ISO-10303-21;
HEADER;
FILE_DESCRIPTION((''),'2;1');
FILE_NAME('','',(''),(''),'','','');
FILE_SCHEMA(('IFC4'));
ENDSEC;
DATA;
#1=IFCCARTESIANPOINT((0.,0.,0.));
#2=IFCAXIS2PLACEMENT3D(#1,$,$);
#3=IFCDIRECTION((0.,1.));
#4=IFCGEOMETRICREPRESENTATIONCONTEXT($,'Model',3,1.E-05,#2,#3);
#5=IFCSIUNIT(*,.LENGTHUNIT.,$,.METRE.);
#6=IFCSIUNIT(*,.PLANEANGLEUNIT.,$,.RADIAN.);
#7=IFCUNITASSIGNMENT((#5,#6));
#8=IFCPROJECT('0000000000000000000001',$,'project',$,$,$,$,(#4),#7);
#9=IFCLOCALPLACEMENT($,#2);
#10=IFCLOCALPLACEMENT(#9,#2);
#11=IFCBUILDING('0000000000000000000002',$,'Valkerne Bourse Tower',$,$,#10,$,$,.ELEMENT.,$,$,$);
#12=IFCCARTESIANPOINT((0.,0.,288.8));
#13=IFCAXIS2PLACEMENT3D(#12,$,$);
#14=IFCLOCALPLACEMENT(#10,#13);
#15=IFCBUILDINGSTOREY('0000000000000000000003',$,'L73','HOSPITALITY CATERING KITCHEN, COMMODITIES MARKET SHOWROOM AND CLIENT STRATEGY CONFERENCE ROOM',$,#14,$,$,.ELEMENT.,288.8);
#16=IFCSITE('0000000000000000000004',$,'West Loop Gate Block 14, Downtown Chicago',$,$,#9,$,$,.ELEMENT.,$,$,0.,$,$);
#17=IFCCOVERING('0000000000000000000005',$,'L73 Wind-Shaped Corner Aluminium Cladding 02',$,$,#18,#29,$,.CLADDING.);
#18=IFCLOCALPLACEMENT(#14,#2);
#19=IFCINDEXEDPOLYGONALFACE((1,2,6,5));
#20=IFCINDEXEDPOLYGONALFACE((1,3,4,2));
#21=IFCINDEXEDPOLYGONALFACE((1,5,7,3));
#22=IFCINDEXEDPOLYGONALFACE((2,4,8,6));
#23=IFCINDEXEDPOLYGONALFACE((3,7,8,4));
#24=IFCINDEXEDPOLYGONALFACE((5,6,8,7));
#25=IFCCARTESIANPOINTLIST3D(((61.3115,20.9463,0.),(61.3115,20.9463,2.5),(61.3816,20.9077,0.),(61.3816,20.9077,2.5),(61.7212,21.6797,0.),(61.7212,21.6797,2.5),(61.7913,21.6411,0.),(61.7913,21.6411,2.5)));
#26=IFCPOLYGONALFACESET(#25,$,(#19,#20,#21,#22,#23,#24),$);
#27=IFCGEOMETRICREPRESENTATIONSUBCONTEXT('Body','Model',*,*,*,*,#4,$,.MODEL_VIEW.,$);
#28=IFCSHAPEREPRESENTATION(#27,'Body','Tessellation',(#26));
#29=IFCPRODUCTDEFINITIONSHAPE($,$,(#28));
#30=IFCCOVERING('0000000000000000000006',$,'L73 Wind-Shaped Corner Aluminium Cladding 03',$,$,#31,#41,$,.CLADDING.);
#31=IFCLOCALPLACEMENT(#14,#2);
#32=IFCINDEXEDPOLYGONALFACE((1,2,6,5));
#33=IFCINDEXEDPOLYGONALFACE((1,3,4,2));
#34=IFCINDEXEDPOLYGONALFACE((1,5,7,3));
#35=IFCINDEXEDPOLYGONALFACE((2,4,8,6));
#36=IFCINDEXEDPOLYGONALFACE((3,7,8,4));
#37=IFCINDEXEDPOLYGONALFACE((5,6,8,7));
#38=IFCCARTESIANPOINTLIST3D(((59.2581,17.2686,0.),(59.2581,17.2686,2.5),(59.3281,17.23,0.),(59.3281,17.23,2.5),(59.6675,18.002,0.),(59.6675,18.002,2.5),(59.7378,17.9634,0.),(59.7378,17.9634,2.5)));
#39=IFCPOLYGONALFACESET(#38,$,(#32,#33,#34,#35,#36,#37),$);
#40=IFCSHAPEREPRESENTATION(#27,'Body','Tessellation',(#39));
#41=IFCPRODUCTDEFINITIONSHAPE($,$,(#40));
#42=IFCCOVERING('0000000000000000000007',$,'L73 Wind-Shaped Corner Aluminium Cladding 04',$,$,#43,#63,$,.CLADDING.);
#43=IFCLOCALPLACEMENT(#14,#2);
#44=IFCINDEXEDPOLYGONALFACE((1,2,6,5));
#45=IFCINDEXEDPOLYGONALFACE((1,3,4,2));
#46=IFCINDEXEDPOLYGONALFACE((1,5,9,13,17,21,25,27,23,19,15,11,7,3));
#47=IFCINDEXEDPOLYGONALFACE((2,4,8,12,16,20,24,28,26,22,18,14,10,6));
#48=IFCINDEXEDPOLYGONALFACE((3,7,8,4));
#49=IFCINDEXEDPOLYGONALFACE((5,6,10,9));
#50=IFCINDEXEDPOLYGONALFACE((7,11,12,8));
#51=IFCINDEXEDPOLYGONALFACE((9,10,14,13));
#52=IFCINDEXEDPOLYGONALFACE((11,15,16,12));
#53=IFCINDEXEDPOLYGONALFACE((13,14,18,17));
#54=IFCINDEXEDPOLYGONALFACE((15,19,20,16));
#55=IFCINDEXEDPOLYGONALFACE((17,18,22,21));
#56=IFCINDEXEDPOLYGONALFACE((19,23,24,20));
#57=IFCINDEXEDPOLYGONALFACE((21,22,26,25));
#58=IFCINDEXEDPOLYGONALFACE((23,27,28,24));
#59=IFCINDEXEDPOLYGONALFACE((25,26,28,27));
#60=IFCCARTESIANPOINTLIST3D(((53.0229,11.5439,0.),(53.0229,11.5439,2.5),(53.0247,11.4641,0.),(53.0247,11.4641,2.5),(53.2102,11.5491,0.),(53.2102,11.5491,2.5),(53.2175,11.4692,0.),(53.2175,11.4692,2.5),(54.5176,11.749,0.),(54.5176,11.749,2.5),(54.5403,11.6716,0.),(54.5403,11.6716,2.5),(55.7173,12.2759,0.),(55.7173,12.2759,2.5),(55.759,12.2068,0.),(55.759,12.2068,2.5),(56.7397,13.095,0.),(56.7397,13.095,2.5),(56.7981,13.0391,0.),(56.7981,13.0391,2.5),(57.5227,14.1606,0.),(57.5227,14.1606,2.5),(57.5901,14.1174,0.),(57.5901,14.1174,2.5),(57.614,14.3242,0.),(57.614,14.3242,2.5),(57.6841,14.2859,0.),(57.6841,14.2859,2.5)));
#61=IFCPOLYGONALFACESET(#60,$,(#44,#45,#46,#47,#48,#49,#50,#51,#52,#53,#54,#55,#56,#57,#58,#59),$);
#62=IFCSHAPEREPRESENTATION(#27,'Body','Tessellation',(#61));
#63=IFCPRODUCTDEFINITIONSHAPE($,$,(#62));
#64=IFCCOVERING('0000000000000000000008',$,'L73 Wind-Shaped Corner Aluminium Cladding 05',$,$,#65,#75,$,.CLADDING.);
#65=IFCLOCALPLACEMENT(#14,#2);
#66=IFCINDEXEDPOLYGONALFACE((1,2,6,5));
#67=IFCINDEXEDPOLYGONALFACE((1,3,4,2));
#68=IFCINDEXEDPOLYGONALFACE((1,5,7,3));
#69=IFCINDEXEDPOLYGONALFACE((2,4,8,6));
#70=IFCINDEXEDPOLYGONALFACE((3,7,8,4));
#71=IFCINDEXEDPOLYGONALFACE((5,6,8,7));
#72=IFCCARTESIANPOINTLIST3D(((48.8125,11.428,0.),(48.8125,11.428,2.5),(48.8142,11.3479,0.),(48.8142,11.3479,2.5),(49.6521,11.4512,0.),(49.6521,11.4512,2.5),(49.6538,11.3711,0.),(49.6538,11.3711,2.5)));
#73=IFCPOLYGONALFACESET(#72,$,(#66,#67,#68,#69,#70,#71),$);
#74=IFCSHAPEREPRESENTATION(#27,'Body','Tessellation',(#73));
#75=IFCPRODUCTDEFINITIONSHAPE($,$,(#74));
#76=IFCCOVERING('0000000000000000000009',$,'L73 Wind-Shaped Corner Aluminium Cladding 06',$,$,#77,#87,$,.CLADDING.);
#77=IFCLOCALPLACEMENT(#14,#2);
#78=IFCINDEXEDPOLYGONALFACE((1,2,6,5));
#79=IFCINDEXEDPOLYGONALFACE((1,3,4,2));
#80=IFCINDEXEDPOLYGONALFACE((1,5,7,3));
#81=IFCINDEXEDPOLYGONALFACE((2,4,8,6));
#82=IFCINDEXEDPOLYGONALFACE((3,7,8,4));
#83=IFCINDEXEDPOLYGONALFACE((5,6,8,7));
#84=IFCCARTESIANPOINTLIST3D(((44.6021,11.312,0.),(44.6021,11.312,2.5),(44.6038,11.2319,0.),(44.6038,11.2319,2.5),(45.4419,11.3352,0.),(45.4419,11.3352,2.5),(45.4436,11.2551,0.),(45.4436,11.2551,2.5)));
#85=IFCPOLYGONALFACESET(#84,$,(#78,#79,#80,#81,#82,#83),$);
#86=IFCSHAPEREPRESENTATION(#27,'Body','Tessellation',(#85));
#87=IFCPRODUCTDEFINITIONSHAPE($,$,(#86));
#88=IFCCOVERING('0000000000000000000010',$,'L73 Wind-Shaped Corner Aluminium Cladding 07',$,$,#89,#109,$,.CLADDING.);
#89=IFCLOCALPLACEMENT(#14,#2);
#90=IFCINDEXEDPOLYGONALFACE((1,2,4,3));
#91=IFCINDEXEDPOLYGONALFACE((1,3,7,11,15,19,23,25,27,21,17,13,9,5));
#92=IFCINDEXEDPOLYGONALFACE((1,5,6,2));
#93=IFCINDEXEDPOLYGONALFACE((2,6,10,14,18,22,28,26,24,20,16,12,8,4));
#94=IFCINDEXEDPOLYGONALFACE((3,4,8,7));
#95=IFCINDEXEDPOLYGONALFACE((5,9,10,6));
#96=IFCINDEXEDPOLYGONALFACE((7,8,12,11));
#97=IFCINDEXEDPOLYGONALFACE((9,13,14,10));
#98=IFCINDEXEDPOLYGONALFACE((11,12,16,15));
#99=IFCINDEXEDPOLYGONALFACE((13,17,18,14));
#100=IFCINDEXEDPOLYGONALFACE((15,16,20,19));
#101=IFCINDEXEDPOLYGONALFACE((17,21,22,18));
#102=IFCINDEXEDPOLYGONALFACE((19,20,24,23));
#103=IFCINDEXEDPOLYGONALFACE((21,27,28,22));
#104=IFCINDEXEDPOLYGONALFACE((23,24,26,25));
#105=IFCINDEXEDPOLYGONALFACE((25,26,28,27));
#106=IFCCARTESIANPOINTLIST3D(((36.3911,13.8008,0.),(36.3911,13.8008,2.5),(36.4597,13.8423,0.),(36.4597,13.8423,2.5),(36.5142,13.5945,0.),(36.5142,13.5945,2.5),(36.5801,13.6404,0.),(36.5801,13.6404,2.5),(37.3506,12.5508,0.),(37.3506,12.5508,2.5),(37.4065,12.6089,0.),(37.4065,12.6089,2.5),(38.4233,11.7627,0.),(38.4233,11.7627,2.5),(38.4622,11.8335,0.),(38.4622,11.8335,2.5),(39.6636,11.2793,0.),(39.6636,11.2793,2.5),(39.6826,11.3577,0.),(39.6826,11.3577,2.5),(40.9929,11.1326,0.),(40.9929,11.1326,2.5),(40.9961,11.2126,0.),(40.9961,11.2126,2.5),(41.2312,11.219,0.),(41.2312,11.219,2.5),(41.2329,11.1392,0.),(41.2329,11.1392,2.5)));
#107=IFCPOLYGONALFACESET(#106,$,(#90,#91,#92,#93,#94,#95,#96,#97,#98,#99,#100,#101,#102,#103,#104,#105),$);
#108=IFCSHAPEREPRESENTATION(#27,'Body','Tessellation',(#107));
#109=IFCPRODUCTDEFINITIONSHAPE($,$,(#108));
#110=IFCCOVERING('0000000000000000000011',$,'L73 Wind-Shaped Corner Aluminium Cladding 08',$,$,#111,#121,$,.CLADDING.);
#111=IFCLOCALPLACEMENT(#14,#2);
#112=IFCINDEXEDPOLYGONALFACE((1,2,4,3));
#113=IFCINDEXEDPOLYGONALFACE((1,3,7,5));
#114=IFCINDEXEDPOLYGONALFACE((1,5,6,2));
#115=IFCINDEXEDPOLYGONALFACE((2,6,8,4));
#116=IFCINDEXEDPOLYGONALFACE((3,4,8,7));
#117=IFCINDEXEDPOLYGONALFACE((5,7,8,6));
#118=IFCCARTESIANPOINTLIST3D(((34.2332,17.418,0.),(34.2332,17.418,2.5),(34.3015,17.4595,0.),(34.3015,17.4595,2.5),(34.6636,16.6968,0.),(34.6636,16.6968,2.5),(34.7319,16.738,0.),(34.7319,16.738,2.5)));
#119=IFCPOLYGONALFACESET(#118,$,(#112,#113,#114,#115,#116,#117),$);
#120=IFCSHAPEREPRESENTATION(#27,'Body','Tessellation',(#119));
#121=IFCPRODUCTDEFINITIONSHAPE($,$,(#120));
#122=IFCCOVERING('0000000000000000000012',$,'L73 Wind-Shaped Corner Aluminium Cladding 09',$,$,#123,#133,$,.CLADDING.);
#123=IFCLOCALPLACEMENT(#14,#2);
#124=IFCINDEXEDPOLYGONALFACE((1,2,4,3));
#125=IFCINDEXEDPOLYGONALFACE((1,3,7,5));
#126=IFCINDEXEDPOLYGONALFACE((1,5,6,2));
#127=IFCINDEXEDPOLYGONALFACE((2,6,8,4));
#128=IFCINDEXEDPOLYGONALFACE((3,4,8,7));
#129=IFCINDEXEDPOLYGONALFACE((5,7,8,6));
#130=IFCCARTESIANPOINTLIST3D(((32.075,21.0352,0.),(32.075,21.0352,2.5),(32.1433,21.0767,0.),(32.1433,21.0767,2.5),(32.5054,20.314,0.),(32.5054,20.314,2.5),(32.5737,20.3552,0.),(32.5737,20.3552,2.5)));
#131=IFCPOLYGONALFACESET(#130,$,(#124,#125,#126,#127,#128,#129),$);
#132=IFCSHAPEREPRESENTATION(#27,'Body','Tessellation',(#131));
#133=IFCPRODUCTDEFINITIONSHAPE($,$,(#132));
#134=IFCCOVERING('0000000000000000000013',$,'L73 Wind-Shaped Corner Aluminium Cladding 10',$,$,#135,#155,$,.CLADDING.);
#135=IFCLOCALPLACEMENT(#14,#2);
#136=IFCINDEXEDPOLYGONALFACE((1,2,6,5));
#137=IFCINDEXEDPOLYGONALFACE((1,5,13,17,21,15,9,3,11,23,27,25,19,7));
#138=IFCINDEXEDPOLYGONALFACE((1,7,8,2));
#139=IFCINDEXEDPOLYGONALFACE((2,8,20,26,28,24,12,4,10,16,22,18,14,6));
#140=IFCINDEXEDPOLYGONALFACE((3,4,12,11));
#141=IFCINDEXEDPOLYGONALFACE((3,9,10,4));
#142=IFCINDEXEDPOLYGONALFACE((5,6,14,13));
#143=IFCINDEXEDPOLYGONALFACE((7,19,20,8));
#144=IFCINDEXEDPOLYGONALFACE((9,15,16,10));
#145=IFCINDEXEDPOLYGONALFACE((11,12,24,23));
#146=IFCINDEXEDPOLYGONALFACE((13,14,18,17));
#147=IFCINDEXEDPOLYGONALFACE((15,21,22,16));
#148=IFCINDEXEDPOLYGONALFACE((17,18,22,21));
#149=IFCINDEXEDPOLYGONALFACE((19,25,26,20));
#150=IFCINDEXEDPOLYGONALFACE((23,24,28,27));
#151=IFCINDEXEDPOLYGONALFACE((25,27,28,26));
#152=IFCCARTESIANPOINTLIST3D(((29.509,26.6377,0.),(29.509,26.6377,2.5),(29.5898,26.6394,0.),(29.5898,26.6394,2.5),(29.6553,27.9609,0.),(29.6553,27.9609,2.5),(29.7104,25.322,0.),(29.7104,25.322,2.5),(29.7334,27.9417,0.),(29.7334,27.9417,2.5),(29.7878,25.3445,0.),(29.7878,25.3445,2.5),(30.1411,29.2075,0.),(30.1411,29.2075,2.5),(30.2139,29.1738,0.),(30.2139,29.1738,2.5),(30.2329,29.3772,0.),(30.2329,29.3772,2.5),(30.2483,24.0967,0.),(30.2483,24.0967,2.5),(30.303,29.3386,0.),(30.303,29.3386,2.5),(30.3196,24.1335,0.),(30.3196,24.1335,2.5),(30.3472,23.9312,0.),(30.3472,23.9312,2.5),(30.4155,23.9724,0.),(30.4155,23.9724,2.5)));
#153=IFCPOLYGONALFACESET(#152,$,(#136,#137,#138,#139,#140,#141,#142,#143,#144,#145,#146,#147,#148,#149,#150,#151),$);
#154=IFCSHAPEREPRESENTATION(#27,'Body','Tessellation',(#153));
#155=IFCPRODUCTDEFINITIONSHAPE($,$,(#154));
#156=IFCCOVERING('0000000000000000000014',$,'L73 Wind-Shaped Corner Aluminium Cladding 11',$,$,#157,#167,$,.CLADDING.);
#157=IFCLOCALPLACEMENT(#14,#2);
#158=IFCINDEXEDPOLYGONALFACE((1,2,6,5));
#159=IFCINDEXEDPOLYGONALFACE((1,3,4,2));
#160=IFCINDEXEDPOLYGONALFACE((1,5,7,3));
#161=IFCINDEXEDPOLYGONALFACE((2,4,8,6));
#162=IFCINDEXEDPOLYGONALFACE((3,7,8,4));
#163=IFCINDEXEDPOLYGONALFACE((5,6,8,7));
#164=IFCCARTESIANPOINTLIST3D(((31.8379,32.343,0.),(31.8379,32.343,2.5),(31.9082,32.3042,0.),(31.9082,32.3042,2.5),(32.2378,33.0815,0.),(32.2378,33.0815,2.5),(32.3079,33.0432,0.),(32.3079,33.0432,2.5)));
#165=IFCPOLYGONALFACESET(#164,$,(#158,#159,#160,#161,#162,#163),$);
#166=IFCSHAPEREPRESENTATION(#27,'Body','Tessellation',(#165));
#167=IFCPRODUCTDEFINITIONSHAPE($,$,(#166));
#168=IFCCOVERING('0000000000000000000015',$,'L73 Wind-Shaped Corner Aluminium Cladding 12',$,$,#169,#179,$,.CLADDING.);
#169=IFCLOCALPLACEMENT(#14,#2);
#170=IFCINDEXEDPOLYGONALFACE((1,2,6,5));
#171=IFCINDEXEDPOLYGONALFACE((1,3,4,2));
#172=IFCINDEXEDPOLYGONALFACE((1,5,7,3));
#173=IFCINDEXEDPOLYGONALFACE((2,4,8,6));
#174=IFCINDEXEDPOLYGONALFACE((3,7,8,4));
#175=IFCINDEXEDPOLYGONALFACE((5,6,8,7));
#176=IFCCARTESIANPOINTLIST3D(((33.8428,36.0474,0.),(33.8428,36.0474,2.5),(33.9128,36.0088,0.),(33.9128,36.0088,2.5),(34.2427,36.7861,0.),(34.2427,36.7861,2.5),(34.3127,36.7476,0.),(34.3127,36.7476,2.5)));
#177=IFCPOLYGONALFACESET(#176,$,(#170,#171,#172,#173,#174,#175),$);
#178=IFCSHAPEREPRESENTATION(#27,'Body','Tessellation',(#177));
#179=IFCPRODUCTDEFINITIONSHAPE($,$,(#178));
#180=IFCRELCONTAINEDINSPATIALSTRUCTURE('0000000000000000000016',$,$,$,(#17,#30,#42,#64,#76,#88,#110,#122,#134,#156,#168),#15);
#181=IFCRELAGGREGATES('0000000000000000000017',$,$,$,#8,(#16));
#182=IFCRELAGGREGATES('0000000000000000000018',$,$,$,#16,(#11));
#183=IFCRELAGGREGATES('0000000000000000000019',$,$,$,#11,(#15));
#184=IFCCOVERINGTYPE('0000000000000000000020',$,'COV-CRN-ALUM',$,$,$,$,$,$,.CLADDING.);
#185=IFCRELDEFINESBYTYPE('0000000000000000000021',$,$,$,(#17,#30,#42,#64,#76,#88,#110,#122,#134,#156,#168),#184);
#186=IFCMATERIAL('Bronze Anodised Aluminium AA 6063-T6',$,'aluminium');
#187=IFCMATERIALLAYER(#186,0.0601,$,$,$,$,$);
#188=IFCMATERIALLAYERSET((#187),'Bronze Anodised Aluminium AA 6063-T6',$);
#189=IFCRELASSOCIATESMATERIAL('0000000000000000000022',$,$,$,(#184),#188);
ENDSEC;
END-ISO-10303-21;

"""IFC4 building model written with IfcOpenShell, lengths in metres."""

from ifc_helpers import new_model, si_unit, direction, frame, origin, place, context, subcontext, project, spatial, polyline, outline, extrude, material, layer, layer_set, type_object, element, save


model = new_model("IFC4")

# Units and contexts
model_context = context("Model", 3, precision=1e-05, world=origin(), true_north=direction((0.0, 1.0)))
body_context = subcontext(model_context, "Body", "Model", "MODEL_VIEW")
ifc_project = project(units=[si_unit("LENGTHUNIT", "METRE"), si_unit("PLANEANGLEUNIT", "RADIAN")], contexts=[model_context])

# Site, building, storey
site_placement = place(None, origin())
site = spatial("IfcSite", under=ifc_project, at=site_placement, Name="West Loop Gate Block 14, Downtown Chicago", CompositionType="ELEMENT", RefElevation=0.0)
building_placement = place(site_placement, origin())
building = spatial("IfcBuilding", under=site, at=building_placement, Name="Valkerne Bourse Tower", CompositionType="ELEMENT")
storey_placement = place(building_placement, frame((0.0, 0.0, 288.8)))
storey = spatial("IfcBuildingStorey", under=building, at=storey_placement, Name="L73", Description="HOSPITALITY CATERING KITCHEN, COMMODITIES MARKET SHOWROOM AND CLIENT STRATEGY CONFERENCE ROOM", CompositionType="ELEMENT", Elevation=288.8)

# Coverings
ifc_material_1 = material(Name="Bronze Anodised Aluminium AA 6063-T6", Category="aluminium")
ifc_layer_1 = layer(ifc_material_1, 0.0601)
ifc_layer_set_1 = layer_set([ifc_layer_1], Name="Bronze Anodised Aluminium AA 6063-T6")
covering_type = type_object("IfcCoveringType", Name="COV-CRN-ALUM", PredefinedType="CLADDING", material=ifc_layer_set_1)
covering_1_placement = place(storey_placement, origin())
element("IfcCovering", 1, at=covering_1_placement, inside=storey, type_object=covering_type, Name="L73 Wind-Shaped Corner Aluminium Cladding 02", PredefinedType="CLADDING", context=body_context, shape_type="SweptSolid", body=[
    extrude(outline(polyline([(61.3816, 20.9077), (61.3115, 20.9463), (61.7212, 21.6797), (61.7913, 21.6411), (61.3816, 20.9077)])), origin(), (0.0, 0.0, 1.0), 2.5),
])
covering_2_placement = place(storey_placement, origin())
element("IfcCovering", 2, at=covering_2_placement, inside=storey, type_object=covering_type, Name="L73 Wind-Shaped Corner Aluminium Cladding 03", PredefinedType="CLADDING", context=body_context, shape_type="SweptSolid", body=[
    extrude(outline(polyline([(59.3281, 17.23), (59.2581, 17.2686), (59.6675, 18.002), (59.7378, 17.9634), (59.3281, 17.23)])), origin(), (0.0, 0.0, 1.0), 2.5),
])
covering_3_placement = place(storey_placement, origin())
element("IfcCovering", 3, at=covering_3_placement, inside=storey, type_object=covering_type, Name="L73 Wind-Shaped Corner Aluminium Cladding 04", PredefinedType="CLADDING", context=body_context, shape_type="SweptSolid", body=[
    extrude(outline(polyline([(57.5901, 14.1174), (56.7981, 13.0391), (55.759, 12.2068), (54.5403, 11.6716), (53.2175, 11.4692), (53.0247, 11.4641), (53.0229, 11.5439), (53.2102, 11.5491), (54.5176, 11.749), (55.7173, 12.2759), (56.7397, 13.095), (57.5227, 14.1606), (57.614, 14.3242), (57.6841, 14.2859), (57.5901, 14.1174)])), origin(), (0.0, 0.0, 1.0), 2.5),
])
covering_4_placement = place(storey_placement, origin())
element("IfcCovering", 4, at=covering_4_placement, inside=storey, type_object=covering_type, Name="L73 Wind-Shaped Corner Aluminium Cladding 05", PredefinedType="CLADDING", context=body_context, shape_type="SweptSolid", body=[
    extrude(outline(polyline([(48.8142, 11.3479), (48.8125, 11.428), (49.6521, 11.4512), (49.6538, 11.3711), (48.8142, 11.3479)])), origin(), (0.0, 0.0, 1.0), 2.5),
])
covering_5_placement = place(storey_placement, origin())
element("IfcCovering", 5, at=covering_5_placement, inside=storey, type_object=covering_type, Name="L73 Wind-Shaped Corner Aluminium Cladding 06", PredefinedType="CLADDING", context=body_context, shape_type="SweptSolid", body=[
    extrude(outline(polyline([(44.6038, 11.2319), (44.6021, 11.312), (45.4419, 11.3352), (45.4436, 11.2551), (44.6038, 11.2319)])), origin(), (0.0, 0.0, 1.0), 2.5),
])
covering_6_placement = place(storey_placement, origin())
element("IfcCovering", 6, at=covering_6_placement, inside=storey, type_object=covering_type, Name="L73 Wind-Shaped Corner Aluminium Cladding 07", PredefinedType="CLADDING", context=body_context, shape_type="SweptSolid", body=[
    extrude(outline(polyline([(40.9929, 11.1326), (39.6636, 11.2793), (38.4233, 11.7627), (37.3506, 12.5508), (36.5142, 13.5945), (36.3911, 13.8008), (36.4597, 13.8423), (36.5801, 13.6404), (37.4065, 12.6089), (38.4622, 11.8335), (39.6826, 11.3577), (40.9961, 11.2126), (41.2312, 11.219), (41.2329, 11.1392), (40.9929, 11.1326)])), origin(), (0.0, 0.0, 1.0), 2.5),
])
covering_7_placement = place(storey_placement, origin())
element("IfcCovering", 7, at=covering_7_placement, inside=storey, type_object=covering_type, Name="L73 Wind-Shaped Corner Aluminium Cladding 08", PredefinedType="CLADDING", context=body_context, shape_type="SweptSolid", body=[
    extrude(outline(polyline([(34.2332, 17.418), (34.3015, 17.4595), (34.7319, 16.738), (34.6636, 16.6968), (34.2332, 17.418)])), origin(), (0.0, 0.0, 1.0), 2.5),
])
covering_8_placement = place(storey_placement, origin())
element("IfcCovering", 8, at=covering_8_placement, inside=storey, type_object=covering_type, Name="L73 Wind-Shaped Corner Aluminium Cladding 09", PredefinedType="CLADDING", context=body_context, shape_type="SweptSolid", body=[
    extrude(outline(polyline([(32.075, 21.0352), (32.1433, 21.0767), (32.5737, 20.3552), (32.5054, 20.314), (32.075, 21.0352)])), origin(), (0.0, 0.0, 1.0), 2.5),
])
covering_9_placement = place(storey_placement, origin())
element("IfcCovering", 9, at=covering_9_placement, inside=storey, type_object=covering_type, Name="L73 Wind-Shaped Corner Aluminium Cladding 10", PredefinedType="CLADDING", context=body_context, shape_type="SweptSolid", body=[
    extrude(outline(polyline([(30.2483, 24.0967), (29.7104, 25.322), (29.509, 26.6377), (29.6553, 27.9609), (30.1411, 29.2075), (30.2329, 29.3772), (30.303, 29.3386), (30.2139, 29.1738), (29.7334, 27.9417), (29.5898, 26.6394), (29.7878, 25.3445), (30.3196, 24.1335), (30.4155, 23.9724), (30.3472, 23.9312), (30.2483, 24.0967)])), origin(), (0.0, 0.0, 1.0), 2.5),
])
covering_10_placement = place(storey_placement, origin())
element("IfcCovering", 10, at=covering_10_placement, inside=storey, type_object=covering_type, Name="L73 Wind-Shaped Corner Aluminium Cladding 11", PredefinedType="CLADDING", context=body_context, shape_type="SweptSolid", body=[
    extrude(outline(polyline([(32.2378, 33.0815), (32.3079, 33.0432), (31.9082, 32.3042), (31.8379, 32.343), (32.2378, 33.0815)])), origin(), (0.0, 0.0, 1.0), 2.5),
])
covering_11_placement = place(storey_placement, origin())
element("IfcCovering", 11, at=covering_11_placement, inside=storey, type_object=covering_type, Name="L73 Wind-Shaped Corner Aluminium Cladding 12", PredefinedType="CLADDING", context=body_context, shape_type="SweptSolid", body=[
    extrude(outline(polyline([(34.2427, 36.7861), (34.3127, 36.7476), (33.9128, 36.0088), (33.8428, 36.0474), (34.2427, 36.7861)])), origin(), (0.0, 0.0, 1.0), 2.5),
])

save(model, "model.ifc")
